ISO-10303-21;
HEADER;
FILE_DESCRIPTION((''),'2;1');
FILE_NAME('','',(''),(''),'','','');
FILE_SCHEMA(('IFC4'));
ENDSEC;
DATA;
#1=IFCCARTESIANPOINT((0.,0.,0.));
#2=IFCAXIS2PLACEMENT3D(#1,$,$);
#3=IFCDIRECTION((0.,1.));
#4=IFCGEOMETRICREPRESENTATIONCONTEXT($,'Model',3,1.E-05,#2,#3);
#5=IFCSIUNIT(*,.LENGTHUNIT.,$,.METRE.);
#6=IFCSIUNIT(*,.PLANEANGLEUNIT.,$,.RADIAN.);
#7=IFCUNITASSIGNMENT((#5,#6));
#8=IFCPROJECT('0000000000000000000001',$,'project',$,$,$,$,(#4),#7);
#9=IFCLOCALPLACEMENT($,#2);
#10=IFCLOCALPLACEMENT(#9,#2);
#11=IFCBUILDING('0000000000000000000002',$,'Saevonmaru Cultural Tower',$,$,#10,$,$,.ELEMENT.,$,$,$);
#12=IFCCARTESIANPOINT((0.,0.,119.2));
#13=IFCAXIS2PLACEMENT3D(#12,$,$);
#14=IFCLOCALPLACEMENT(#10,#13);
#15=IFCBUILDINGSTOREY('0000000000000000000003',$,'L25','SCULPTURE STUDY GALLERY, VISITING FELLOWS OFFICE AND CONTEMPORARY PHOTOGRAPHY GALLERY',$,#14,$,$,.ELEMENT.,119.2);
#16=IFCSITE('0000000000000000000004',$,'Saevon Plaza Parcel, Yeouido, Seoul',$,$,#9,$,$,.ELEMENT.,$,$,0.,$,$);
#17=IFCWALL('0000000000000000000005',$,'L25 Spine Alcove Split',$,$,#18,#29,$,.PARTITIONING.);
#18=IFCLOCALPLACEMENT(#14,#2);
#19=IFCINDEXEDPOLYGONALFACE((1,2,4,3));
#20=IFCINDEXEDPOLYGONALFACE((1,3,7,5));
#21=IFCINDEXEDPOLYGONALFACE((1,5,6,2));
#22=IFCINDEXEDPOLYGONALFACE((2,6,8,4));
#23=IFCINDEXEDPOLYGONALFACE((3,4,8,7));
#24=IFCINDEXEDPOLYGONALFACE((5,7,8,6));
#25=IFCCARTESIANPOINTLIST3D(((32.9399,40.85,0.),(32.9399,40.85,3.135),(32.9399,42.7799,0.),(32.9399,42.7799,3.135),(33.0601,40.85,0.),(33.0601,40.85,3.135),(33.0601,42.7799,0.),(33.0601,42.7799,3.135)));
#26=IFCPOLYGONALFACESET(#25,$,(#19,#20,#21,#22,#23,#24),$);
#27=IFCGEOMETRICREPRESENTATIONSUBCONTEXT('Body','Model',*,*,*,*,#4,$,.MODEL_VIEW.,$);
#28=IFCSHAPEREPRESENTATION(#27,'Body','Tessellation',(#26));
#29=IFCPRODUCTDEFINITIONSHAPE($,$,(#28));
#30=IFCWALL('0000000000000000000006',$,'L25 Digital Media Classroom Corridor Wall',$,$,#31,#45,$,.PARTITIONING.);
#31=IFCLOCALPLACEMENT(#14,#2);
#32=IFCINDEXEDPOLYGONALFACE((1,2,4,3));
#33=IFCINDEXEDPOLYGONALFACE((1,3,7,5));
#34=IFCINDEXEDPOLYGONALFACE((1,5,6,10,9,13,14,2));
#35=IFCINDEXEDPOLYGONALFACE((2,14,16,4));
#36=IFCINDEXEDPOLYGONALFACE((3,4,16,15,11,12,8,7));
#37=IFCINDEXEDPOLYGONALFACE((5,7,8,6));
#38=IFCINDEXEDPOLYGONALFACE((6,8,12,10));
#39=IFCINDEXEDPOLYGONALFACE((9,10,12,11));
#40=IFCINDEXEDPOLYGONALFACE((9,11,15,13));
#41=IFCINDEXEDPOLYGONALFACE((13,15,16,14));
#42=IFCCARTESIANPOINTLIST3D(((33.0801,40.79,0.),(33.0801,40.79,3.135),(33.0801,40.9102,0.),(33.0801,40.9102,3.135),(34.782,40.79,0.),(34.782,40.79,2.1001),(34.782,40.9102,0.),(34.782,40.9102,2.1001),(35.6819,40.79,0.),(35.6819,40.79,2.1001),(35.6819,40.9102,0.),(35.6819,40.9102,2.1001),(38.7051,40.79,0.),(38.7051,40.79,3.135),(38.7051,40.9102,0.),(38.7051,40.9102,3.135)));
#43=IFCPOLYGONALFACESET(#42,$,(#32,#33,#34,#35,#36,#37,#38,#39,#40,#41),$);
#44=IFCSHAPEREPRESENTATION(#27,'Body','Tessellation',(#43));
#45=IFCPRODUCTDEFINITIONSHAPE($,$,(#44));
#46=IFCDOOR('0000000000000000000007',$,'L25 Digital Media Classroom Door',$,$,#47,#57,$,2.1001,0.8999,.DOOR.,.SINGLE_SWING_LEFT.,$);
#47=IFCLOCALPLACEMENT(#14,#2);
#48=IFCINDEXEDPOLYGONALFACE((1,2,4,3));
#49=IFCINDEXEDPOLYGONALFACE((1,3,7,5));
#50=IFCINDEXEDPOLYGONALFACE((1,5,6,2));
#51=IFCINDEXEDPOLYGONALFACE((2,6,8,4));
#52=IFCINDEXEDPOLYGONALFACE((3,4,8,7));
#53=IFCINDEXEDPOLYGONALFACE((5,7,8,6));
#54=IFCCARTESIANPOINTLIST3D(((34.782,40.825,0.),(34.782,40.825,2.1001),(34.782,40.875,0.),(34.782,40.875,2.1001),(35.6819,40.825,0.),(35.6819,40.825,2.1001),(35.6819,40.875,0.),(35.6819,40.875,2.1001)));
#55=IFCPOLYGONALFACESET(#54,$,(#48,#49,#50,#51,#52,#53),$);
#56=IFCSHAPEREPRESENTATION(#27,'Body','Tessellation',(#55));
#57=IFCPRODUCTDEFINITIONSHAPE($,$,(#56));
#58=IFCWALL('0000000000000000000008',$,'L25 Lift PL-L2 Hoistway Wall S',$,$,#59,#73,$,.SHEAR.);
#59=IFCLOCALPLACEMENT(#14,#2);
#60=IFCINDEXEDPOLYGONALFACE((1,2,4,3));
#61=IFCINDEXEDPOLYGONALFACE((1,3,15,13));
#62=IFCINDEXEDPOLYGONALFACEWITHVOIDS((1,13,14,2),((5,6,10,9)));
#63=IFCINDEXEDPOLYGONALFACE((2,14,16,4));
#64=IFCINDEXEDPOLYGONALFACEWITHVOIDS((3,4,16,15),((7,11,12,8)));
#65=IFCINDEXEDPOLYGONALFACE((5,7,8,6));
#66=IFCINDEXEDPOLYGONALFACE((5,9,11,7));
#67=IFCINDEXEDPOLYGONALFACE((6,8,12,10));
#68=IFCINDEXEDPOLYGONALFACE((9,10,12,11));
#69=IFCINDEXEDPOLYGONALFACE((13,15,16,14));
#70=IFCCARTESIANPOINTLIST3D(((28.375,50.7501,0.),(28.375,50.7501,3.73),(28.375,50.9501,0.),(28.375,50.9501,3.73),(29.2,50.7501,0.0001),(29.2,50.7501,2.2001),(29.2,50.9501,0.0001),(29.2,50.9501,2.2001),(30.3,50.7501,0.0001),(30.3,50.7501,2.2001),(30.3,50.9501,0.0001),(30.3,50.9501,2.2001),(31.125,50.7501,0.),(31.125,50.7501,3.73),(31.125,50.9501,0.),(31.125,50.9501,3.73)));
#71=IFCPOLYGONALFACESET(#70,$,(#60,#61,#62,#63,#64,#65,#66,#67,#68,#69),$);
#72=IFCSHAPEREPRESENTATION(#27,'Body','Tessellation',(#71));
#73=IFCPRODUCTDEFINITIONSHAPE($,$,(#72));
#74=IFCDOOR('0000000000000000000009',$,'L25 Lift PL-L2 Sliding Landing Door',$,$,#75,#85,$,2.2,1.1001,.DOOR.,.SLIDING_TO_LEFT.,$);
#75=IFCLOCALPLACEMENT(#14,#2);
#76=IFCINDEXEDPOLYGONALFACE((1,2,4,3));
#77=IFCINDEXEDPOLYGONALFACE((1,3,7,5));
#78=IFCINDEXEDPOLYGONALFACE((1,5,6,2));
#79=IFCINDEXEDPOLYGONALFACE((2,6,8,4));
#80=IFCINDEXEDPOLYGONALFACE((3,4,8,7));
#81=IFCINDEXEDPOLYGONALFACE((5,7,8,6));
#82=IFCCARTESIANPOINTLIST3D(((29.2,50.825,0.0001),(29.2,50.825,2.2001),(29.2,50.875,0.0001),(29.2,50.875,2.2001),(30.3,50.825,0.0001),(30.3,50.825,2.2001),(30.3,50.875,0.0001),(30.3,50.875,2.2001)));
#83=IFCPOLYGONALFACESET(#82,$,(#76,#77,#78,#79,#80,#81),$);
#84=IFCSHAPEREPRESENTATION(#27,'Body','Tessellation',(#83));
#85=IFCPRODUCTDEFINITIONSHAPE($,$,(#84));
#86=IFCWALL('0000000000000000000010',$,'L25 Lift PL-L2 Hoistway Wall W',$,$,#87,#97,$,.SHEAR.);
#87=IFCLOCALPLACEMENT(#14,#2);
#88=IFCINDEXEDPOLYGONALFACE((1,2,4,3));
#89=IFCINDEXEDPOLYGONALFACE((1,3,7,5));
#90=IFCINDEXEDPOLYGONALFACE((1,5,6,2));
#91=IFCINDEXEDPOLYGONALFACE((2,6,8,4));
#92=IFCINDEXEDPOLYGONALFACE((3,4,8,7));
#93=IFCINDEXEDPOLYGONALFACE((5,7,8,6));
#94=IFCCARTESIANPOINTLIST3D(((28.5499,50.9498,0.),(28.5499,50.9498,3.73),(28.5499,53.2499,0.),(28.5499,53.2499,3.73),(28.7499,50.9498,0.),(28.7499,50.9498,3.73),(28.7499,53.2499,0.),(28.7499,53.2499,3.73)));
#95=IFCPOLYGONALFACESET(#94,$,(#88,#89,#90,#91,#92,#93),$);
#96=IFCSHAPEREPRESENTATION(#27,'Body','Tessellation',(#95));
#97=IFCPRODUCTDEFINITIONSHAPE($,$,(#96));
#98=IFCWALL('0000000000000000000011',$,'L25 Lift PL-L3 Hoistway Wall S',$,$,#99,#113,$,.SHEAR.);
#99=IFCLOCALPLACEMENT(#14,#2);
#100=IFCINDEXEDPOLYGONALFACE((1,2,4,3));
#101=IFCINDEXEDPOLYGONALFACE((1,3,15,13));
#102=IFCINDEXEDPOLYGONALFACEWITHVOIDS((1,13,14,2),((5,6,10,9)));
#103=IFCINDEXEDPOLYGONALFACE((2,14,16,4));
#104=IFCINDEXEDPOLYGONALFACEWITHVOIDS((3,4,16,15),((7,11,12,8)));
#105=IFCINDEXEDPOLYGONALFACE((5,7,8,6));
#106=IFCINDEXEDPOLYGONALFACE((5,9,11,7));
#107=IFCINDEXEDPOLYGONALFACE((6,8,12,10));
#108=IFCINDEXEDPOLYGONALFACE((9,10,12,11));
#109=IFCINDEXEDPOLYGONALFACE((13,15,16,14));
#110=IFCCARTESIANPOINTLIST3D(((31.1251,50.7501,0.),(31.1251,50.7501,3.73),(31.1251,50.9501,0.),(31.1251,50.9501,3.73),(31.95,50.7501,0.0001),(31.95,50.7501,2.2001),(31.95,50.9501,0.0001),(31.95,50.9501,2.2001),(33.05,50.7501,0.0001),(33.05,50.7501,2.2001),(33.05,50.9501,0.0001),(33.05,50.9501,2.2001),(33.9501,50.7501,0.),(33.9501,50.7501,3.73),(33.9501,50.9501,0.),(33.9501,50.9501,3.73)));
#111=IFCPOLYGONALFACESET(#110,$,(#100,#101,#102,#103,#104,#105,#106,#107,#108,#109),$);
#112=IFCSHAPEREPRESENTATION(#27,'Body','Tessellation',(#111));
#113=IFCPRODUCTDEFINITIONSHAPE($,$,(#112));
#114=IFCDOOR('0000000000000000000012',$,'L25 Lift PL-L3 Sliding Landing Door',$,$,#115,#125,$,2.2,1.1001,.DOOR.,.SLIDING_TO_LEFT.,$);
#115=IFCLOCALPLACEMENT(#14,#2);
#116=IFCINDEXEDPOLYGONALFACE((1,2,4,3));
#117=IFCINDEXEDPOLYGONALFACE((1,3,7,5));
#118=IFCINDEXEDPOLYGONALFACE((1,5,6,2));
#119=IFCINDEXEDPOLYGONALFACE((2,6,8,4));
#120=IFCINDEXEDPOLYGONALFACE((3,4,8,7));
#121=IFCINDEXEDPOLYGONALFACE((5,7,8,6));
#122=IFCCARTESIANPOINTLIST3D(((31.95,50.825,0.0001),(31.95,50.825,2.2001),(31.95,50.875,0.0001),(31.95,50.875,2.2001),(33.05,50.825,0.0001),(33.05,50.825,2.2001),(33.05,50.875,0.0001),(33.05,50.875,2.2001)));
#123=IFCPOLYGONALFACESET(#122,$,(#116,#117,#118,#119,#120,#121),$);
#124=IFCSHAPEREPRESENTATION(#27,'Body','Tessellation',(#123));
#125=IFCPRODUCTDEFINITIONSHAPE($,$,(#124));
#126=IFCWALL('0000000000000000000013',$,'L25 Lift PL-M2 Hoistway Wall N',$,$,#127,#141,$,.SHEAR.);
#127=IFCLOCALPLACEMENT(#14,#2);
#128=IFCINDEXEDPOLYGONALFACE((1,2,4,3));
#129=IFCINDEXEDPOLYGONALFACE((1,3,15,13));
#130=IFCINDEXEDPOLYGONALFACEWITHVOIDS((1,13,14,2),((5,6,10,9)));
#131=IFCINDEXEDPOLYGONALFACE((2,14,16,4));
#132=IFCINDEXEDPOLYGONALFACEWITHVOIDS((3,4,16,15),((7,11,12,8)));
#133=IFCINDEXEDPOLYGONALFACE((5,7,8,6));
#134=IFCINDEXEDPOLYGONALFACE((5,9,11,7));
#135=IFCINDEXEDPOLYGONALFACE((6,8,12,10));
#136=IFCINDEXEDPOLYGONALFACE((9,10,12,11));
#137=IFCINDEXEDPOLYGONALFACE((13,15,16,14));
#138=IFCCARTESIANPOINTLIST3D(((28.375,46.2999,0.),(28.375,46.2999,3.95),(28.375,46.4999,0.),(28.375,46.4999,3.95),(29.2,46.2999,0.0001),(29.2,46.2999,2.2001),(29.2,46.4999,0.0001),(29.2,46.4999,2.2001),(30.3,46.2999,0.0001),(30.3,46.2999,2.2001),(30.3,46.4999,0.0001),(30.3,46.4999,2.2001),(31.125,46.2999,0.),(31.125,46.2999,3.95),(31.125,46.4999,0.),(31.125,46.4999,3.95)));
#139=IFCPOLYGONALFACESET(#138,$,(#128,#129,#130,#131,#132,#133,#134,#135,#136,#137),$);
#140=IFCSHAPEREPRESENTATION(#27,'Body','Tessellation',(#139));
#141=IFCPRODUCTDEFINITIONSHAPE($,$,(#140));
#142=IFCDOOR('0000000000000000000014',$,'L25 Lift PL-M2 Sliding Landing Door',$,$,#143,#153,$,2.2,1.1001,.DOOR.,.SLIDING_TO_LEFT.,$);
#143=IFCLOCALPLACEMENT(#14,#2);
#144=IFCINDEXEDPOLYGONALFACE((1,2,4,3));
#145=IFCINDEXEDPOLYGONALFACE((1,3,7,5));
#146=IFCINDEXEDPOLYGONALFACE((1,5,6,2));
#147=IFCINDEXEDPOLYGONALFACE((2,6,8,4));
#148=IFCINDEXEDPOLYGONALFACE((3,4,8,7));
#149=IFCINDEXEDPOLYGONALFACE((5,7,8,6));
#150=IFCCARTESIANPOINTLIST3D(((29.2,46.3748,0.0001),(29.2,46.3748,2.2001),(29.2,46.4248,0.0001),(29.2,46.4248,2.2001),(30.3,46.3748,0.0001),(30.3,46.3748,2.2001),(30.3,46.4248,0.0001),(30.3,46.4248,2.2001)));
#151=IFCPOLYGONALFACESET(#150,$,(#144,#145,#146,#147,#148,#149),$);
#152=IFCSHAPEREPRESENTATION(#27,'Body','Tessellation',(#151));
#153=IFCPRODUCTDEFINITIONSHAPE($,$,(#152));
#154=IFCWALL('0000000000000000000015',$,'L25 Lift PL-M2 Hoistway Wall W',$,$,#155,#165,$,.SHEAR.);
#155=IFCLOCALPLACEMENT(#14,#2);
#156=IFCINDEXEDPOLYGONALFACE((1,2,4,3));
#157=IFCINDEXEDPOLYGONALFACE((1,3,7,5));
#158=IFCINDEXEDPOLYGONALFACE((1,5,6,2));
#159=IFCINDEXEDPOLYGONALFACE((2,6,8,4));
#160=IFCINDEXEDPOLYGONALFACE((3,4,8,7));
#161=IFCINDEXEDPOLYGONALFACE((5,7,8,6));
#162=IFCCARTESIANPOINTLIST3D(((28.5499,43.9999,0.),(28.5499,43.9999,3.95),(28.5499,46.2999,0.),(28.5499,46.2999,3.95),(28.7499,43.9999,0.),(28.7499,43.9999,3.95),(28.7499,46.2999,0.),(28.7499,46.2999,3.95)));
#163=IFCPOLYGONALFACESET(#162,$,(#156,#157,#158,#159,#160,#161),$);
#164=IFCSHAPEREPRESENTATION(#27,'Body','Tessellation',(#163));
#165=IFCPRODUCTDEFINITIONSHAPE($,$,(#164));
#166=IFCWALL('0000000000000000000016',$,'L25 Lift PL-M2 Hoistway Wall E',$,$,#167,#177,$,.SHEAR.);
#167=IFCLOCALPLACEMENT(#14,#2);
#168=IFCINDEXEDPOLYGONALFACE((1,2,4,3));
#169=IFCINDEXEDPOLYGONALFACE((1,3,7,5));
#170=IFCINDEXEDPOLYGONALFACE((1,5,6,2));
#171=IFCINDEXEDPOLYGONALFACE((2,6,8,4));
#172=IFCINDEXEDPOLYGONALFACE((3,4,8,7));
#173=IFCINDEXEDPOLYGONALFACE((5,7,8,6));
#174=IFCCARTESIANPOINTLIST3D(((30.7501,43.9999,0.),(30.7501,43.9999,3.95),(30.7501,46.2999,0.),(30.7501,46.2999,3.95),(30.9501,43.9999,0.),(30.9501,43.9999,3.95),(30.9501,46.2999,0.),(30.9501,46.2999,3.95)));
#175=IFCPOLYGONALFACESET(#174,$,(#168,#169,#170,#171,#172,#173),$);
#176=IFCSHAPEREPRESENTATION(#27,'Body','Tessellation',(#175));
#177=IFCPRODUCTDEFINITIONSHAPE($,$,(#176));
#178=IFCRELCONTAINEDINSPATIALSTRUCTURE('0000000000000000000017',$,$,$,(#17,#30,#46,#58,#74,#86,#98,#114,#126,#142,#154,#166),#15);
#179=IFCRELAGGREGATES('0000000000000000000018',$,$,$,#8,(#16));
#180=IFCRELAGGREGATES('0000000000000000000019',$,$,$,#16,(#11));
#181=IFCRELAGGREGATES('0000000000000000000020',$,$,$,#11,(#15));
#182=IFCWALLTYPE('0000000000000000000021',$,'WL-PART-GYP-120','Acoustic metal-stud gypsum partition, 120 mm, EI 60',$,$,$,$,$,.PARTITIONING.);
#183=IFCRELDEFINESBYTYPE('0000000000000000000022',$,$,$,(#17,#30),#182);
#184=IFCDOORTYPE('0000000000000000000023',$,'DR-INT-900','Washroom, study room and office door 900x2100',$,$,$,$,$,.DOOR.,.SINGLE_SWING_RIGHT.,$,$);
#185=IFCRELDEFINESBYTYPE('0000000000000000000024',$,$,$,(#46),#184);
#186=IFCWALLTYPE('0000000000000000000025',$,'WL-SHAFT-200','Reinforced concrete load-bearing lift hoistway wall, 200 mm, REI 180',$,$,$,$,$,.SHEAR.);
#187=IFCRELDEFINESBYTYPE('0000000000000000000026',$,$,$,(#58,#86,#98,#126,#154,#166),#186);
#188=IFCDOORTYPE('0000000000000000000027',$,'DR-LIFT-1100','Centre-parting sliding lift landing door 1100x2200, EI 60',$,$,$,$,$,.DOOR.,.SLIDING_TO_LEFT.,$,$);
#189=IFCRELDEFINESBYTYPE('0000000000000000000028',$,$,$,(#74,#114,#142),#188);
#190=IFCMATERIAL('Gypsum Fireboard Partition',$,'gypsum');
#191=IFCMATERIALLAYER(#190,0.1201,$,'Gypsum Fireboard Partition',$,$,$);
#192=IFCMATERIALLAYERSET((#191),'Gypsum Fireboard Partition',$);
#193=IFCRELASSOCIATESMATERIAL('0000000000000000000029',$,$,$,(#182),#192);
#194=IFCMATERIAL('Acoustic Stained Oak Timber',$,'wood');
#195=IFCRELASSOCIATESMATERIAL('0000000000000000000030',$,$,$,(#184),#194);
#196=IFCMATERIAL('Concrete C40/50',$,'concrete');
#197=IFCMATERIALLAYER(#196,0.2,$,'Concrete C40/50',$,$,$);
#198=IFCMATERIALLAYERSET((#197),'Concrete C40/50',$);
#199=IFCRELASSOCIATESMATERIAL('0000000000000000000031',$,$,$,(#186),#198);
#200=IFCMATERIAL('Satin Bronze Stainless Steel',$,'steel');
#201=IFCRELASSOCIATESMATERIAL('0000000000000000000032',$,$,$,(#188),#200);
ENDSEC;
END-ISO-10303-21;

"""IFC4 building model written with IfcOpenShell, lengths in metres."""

from ifc_helpers import new_model, si_unit, direction, frame, frame_2d, origin, place, context, subcontext, project, spatial, rectangle, extrude, material, layer, layer_set, type_object, element, fill, save


model = new_model("IFC4")

# Units and contexts
model_context = context("Model", 3, precision=1e-05, world=origin(), true_north=direction((0.0, 1.0)))
body_context = subcontext(model_context, "Body", "Model", "MODEL_VIEW")
ifc_project = project(units=[si_unit("LENGTHUNIT", "METRE"), si_unit("PLANEANGLEUNIT", "RADIAN")], contexts=[model_context])

# Site, building, storey
site_placement = place(None, origin())
site = spatial("IfcSite", under=ifc_project, at=site_placement, Name="Saevon Plaza Parcel, Yeouido, Seoul", CompositionType="ELEMENT", RefElevation=0.0)
building_placement = place(site_placement, origin())
building = spatial("IfcBuilding", under=site, at=building_placement, Name="Saevonmaru Cultural Tower", CompositionType="ELEMENT")
storey_placement = place(building_placement, frame((0.0, 0.0, 119.2)))
storey = spatial("IfcBuildingStorey", under=building, at=storey_placement, Name="L25", Description="SCULPTURE STUDY GALLERY, VISITING FELLOWS OFFICE AND CONTEMPORARY PHOTOGRAPHY GALLERY", CompositionType="ELEMENT", Elevation=119.2)

# Wall
ifc_material_1 = material(Name="Gypsum Fireboard Partition", Category="gypsum")
ifc_layer_1 = layer(ifc_material_1, 0.1201, Name="Gypsum Fireboard Partition")
ifc_layer_set_1 = layer_set([ifc_layer_1], Name="Gypsum Fireboard Partition")
wall_type_1 = type_object("IfcWallType", Name="WL-PART-GYP-120", Description="Acoustic metal-stud gypsum partition, 120 mm, EI 60", PredefinedType="PARTITIONING", material=ifc_layer_set_1)
wall_1_placement = place(storey_placement, frame((33.0, 40.8501, 0.0), z_axis=(0.0, 0.0, 1.0), x_axis=(0.0, 1.0, 0.0)))
element("IfcWall", 1, at=wall_1_placement, inside=storey, type_object=wall_type_1, Name="L25 Spine Alcove Split", PredefinedType="PARTITIONING", context=body_context, shape_type="SweptSolid", body=[
    extrude(rectangle(XDim=1.9299, YDim=0.1201, at=frame_2d((0.9648, 0.0))), origin(), (0.0, 0.0, 1.0), 3.135),
])

# Walls, openings, doors
wall_2_placement = place(storey_placement, frame((33.0801, 40.8501, 0.0), z_axis=(0.0, 0.0, 1.0), x_axis=(1.0, 0.0, 0.0)))
wall_2 = element("IfcWall", 2, at=wall_2_placement, inside=storey, type_object=wall_type_1, Name="L25 Digital Media Classroom Corridor Wall", PredefinedType="PARTITIONING", context=body_context, shape_type="SweptSolid", body=[
    extrude(rectangle(XDim=5.625, YDim=0.1201, at=frame_2d((2.8125, 0.0))), origin(), (0.0, 0.0, 1.0), 3.135),
])
opening_1_placement = place(wall_2_placement, frame((1.7019, 0.0, 0.0)))
opening_1 = element("IfcOpeningElement", 3, at=opening_1_placement, cuts=wall_2, PredefinedType="OPENING", context=body_context, shape_type="SweptSolid", body=[
    extrude(rectangle(XDim=0.8999, YDim=2.1001, at=frame_2d((0.45, 1.05))), frame((0.0, 0.0701, 0.0), z_axis=(0.0, -1.0, 0.0), x_axis=(1.0, 0.0, 0.0)), (0.0, 0.0, 1.0), 0.1401),
])
ifc_material_2 = material(Name="Acoustic Stained Oak Timber", Category="wood")
door_type_1 = type_object("IfcDoorType", Name="DR-INT-900", Description="Washroom, study room and office door 900x2100", OperationType="SINGLE_SWING_RIGHT", PredefinedType="DOOR", material=ifc_material_2)
door_1_placement = place(opening_1_placement, origin())
door_1 = element("IfcDoor", 4, at=door_1_placement, inside=storey, type_object=door_type_1, Name="L25 Digital Media Classroom Door", OperationType="SINGLE_SWING_LEFT", OverallHeight=2.1001, OverallWidth=0.8999, PredefinedType="DOOR", context=body_context, shape_type="SweptSolid", body=[
    extrude(rectangle(XDim=0.8999, YDim=2.1001, at=frame_2d((0.45, 1.05))), frame((0.0, 0.0249, 0.0), z_axis=(0.0, -1.0, 0.0), x_axis=(1.0, 0.0, 0.0)), (0.0, 0.0, 1.0), 0.05),
])
fill(opening_1, door_1)
ifc_material_3 = material(Name="Concrete C40/50", Category="concrete")
ifc_layer_2 = layer(ifc_material_3, 0.2, Name="Concrete C40/50")
ifc_layer_set_2 = layer_set([ifc_layer_2], Name="Concrete C40/50")
wall_type_2 = type_object("IfcWallType", Name="WL-SHAFT-200", Description="Reinforced concrete load-bearing lift hoistway wall, 200 mm, REI 180", PredefinedType="SHEAR", material=ifc_layer_set_2)
wall_3_placement = place(storey_placement, frame((28.375, 50.8501, 0.0), z_axis=(0.0, 0.0, 1.0), x_axis=(1.0, 0.0, 0.0)))
wall_3 = element("IfcWall", 5, at=wall_3_placement, inside=storey, type_object=wall_type_2, Name="L25 Lift PL-L2 Hoistway Wall S", PredefinedType="SHEAR", context=body_context, shape_type="SweptSolid", body=[
    extrude(rectangle(XDim=2.75, YDim=0.2, at=frame_2d((1.375, 0.0))), origin(), (0.0, 0.0, 1.0), 3.73),
])
opening_2_placement = place(wall_3_placement, frame((0.825, 0.0, 0.0)))
opening_2 = element("IfcOpeningElement", 6, at=opening_2_placement, cuts=wall_3, PredefinedType="OPENING", context=body_context, shape_type="SweptSolid", body=[
    extrude(rectangle(XDim=1.1001, YDim=2.2, at=frame_2d((0.55, 1.1001))), frame((0.0, 0.1099, 0.0), z_axis=(0.0, -1.0, 0.0), x_axis=(1.0, 0.0, 0.0)), (0.0, 0.0, 1.0), 0.22),
])
ifc_material_4 = material(Name="Satin Bronze Stainless Steel", Category="steel")
door_type_2 = type_object("IfcDoorType", Name="DR-LIFT-1100", Description="Centre-parting sliding lift landing door 1100x2200, EI 60", OperationType="SLIDING_TO_LEFT", PredefinedType="DOOR", material=ifc_material_4)
door_2_placement = place(opening_2_placement, origin())
door_2 = element("IfcDoor", 7, at=door_2_placement, inside=storey, type_object=door_type_2, Name="L25 Lift PL-L2 Sliding Landing Door", OperationType="SLIDING_TO_LEFT", OverallHeight=2.2, OverallWidth=1.1001, PredefinedType="DOOR", context=body_context, shape_type="SweptSolid", body=[
    extrude(rectangle(XDim=1.1001, YDim=2.2, at=frame_2d((0.55, 1.1001))), frame((0.0, 0.0249, 0.0), z_axis=(0.0, -1.0, 0.0), x_axis=(1.0, 0.0, 0.0)), (0.0, 0.0, 1.0), 0.05),
])
fill(opening_2, door_2)

# Wall
wall_4_placement = place(storey_placement, frame((28.6499, 50.95, 0.0), z_axis=(0.0, 0.0, 1.0), x_axis=(0.0, 1.0, 0.0)))
element("IfcWall", 8, at=wall_4_placement, inside=storey, type_object=wall_type_2, Name="L25 Lift PL-L2 Hoistway Wall W", PredefinedType="SHEAR", context=body_context, shape_type="SweptSolid", body=[
    extrude(rectangle(XDim=2.3, YDim=0.2, at=frame_2d((1.1499, 0.0))), origin(), (0.0, 0.0, 1.0), 3.73),
])

# Walls, openings, doors
wall_5_placement = place(storey_placement, frame((31.125, 50.8501, 0.0), z_axis=(0.0, 0.0, 1.0), x_axis=(1.0, 0.0, 0.0)))
wall_5 = element("IfcWall", 9, at=wall_5_placement, inside=storey, type_object=wall_type_2, Name="L25 Lift PL-L3 Hoistway Wall S", PredefinedType="SHEAR", context=body_context, shape_type="SweptSolid", body=[
    extrude(rectangle(XDim=2.825, YDim=0.2, at=frame_2d((1.4126, 0.0))), origin(), (0.0, 0.0, 1.0), 3.73),
])
opening_3_placement = place(wall_5_placement, frame((0.825, 0.0, 0.0)))
opening_3 = element("IfcOpeningElement", 10, at=opening_3_placement, cuts=wall_5, PredefinedType="OPENING", context=body_context, shape_type="SweptSolid", body=[
    extrude(rectangle(XDim=1.1001, YDim=2.2, at=frame_2d((0.55, 1.1001))), frame((0.0, 0.1099, 0.0), z_axis=(0.0, -1.0, 0.0), x_axis=(1.0, 0.0, 0.0)), (0.0, 0.0, 1.0), 0.22),
])
door_3_placement = place(opening_3_placement, origin())
door_3 = element("IfcDoor", 11, at=door_3_placement, inside=storey, type_object=door_type_2, Name="L25 Lift PL-L3 Sliding Landing Door", OperationType="SLIDING_TO_LEFT", OverallHeight=2.2, OverallWidth=1.1001, PredefinedType="DOOR", context=body_context, shape_type="SweptSolid", body=[
    extrude(rectangle(XDim=1.1001, YDim=2.2, at=frame_2d((0.55, 1.1001))), frame((0.0, 0.0249, 0.0), z_axis=(0.0, -1.0, 0.0), x_axis=(1.0, 0.0, 0.0)), (0.0, 0.0, 1.0), 0.05),
])
fill(opening_3, door_3)
wall_6_placement = place(storey_placement, frame((28.375, 46.3999, 0.0), z_axis=(0.0, 0.0, 1.0), x_axis=(1.0, 0.0, 0.0)))
wall_6 = element("IfcWall", 12, at=wall_6_placement, inside=storey, type_object=wall_type_2, Name="L25 Lift PL-M2 Hoistway Wall N", PredefinedType="SHEAR", context=body_context, shape_type="SweptSolid", body=[
    extrude(rectangle(XDim=2.75, YDim=0.2, at=frame_2d((1.375, 0.0))), origin(), (0.0, 0.0, 1.0), 3.95),
])
opening_4_placement = place(wall_6_placement, frame((0.825, 0.0, 0.0)))
opening_4 = element("IfcOpeningElement", 13, at=opening_4_placement, cuts=wall_6, PredefinedType="OPENING", context=body_context, shape_type="SweptSolid", body=[
    extrude(rectangle(XDim=1.1001, YDim=2.2, at=frame_2d((0.55, 1.1001))), frame((0.0, 0.1099, 0.0), z_axis=(0.0, -1.0, 0.0), x_axis=(1.0, 0.0, 0.0)), (0.0, 0.0, 1.0), 0.22),
])
door_4_placement = place(opening_4_placement, origin())
door_4 = element("IfcDoor", 14, at=door_4_placement, inside=storey, type_object=door_type_2, Name="L25 Lift PL-M2 Sliding Landing Door", OperationType="SLIDING_TO_LEFT", OverallHeight=2.2, OverallWidth=1.1001, PredefinedType="DOOR", context=body_context, shape_type="SweptSolid", body=[
    extrude(rectangle(XDim=1.1001, YDim=2.2, at=frame_2d((0.55, 1.1001))), frame((0.0, 0.0249, 0.0), z_axis=(0.0, -1.0, 0.0), x_axis=(1.0, 0.0, 0.0)), (0.0, 0.0, 1.0), 0.05),
])
fill(opening_4, door_4)

# Walls
for number, where, z_axis, x_axis, name in (
    (15, (28.6499, 44.0, 0.0), (0.0, 0.0, 1.0), (0.0, 1.0, 0.0), "L25 Lift PL-M2 Hoistway Wall W"),
    (16, (30.8501, 44.0, 0.0), (0.0, 0.0, 1.0), (0.0, 1.0, 0.0), "L25 Lift PL-M2 Hoistway Wall E"),
):
    element("IfcWall", number, at=place(storey_placement, frame(where, z_axis=z_axis, x_axis=x_axis)), inside=storey, type_object=wall_type_2, Name=name, PredefinedType="SHEAR", context=body_context, shape_type="SweptSolid", body=[
        extrude(rectangle(XDim=2.3, YDim=0.2, at=frame_2d((1.1499, 0.0))), origin(), (0.0, 0.0, 1.0), 3.95),
    ])

save(model, "model.ifc")
